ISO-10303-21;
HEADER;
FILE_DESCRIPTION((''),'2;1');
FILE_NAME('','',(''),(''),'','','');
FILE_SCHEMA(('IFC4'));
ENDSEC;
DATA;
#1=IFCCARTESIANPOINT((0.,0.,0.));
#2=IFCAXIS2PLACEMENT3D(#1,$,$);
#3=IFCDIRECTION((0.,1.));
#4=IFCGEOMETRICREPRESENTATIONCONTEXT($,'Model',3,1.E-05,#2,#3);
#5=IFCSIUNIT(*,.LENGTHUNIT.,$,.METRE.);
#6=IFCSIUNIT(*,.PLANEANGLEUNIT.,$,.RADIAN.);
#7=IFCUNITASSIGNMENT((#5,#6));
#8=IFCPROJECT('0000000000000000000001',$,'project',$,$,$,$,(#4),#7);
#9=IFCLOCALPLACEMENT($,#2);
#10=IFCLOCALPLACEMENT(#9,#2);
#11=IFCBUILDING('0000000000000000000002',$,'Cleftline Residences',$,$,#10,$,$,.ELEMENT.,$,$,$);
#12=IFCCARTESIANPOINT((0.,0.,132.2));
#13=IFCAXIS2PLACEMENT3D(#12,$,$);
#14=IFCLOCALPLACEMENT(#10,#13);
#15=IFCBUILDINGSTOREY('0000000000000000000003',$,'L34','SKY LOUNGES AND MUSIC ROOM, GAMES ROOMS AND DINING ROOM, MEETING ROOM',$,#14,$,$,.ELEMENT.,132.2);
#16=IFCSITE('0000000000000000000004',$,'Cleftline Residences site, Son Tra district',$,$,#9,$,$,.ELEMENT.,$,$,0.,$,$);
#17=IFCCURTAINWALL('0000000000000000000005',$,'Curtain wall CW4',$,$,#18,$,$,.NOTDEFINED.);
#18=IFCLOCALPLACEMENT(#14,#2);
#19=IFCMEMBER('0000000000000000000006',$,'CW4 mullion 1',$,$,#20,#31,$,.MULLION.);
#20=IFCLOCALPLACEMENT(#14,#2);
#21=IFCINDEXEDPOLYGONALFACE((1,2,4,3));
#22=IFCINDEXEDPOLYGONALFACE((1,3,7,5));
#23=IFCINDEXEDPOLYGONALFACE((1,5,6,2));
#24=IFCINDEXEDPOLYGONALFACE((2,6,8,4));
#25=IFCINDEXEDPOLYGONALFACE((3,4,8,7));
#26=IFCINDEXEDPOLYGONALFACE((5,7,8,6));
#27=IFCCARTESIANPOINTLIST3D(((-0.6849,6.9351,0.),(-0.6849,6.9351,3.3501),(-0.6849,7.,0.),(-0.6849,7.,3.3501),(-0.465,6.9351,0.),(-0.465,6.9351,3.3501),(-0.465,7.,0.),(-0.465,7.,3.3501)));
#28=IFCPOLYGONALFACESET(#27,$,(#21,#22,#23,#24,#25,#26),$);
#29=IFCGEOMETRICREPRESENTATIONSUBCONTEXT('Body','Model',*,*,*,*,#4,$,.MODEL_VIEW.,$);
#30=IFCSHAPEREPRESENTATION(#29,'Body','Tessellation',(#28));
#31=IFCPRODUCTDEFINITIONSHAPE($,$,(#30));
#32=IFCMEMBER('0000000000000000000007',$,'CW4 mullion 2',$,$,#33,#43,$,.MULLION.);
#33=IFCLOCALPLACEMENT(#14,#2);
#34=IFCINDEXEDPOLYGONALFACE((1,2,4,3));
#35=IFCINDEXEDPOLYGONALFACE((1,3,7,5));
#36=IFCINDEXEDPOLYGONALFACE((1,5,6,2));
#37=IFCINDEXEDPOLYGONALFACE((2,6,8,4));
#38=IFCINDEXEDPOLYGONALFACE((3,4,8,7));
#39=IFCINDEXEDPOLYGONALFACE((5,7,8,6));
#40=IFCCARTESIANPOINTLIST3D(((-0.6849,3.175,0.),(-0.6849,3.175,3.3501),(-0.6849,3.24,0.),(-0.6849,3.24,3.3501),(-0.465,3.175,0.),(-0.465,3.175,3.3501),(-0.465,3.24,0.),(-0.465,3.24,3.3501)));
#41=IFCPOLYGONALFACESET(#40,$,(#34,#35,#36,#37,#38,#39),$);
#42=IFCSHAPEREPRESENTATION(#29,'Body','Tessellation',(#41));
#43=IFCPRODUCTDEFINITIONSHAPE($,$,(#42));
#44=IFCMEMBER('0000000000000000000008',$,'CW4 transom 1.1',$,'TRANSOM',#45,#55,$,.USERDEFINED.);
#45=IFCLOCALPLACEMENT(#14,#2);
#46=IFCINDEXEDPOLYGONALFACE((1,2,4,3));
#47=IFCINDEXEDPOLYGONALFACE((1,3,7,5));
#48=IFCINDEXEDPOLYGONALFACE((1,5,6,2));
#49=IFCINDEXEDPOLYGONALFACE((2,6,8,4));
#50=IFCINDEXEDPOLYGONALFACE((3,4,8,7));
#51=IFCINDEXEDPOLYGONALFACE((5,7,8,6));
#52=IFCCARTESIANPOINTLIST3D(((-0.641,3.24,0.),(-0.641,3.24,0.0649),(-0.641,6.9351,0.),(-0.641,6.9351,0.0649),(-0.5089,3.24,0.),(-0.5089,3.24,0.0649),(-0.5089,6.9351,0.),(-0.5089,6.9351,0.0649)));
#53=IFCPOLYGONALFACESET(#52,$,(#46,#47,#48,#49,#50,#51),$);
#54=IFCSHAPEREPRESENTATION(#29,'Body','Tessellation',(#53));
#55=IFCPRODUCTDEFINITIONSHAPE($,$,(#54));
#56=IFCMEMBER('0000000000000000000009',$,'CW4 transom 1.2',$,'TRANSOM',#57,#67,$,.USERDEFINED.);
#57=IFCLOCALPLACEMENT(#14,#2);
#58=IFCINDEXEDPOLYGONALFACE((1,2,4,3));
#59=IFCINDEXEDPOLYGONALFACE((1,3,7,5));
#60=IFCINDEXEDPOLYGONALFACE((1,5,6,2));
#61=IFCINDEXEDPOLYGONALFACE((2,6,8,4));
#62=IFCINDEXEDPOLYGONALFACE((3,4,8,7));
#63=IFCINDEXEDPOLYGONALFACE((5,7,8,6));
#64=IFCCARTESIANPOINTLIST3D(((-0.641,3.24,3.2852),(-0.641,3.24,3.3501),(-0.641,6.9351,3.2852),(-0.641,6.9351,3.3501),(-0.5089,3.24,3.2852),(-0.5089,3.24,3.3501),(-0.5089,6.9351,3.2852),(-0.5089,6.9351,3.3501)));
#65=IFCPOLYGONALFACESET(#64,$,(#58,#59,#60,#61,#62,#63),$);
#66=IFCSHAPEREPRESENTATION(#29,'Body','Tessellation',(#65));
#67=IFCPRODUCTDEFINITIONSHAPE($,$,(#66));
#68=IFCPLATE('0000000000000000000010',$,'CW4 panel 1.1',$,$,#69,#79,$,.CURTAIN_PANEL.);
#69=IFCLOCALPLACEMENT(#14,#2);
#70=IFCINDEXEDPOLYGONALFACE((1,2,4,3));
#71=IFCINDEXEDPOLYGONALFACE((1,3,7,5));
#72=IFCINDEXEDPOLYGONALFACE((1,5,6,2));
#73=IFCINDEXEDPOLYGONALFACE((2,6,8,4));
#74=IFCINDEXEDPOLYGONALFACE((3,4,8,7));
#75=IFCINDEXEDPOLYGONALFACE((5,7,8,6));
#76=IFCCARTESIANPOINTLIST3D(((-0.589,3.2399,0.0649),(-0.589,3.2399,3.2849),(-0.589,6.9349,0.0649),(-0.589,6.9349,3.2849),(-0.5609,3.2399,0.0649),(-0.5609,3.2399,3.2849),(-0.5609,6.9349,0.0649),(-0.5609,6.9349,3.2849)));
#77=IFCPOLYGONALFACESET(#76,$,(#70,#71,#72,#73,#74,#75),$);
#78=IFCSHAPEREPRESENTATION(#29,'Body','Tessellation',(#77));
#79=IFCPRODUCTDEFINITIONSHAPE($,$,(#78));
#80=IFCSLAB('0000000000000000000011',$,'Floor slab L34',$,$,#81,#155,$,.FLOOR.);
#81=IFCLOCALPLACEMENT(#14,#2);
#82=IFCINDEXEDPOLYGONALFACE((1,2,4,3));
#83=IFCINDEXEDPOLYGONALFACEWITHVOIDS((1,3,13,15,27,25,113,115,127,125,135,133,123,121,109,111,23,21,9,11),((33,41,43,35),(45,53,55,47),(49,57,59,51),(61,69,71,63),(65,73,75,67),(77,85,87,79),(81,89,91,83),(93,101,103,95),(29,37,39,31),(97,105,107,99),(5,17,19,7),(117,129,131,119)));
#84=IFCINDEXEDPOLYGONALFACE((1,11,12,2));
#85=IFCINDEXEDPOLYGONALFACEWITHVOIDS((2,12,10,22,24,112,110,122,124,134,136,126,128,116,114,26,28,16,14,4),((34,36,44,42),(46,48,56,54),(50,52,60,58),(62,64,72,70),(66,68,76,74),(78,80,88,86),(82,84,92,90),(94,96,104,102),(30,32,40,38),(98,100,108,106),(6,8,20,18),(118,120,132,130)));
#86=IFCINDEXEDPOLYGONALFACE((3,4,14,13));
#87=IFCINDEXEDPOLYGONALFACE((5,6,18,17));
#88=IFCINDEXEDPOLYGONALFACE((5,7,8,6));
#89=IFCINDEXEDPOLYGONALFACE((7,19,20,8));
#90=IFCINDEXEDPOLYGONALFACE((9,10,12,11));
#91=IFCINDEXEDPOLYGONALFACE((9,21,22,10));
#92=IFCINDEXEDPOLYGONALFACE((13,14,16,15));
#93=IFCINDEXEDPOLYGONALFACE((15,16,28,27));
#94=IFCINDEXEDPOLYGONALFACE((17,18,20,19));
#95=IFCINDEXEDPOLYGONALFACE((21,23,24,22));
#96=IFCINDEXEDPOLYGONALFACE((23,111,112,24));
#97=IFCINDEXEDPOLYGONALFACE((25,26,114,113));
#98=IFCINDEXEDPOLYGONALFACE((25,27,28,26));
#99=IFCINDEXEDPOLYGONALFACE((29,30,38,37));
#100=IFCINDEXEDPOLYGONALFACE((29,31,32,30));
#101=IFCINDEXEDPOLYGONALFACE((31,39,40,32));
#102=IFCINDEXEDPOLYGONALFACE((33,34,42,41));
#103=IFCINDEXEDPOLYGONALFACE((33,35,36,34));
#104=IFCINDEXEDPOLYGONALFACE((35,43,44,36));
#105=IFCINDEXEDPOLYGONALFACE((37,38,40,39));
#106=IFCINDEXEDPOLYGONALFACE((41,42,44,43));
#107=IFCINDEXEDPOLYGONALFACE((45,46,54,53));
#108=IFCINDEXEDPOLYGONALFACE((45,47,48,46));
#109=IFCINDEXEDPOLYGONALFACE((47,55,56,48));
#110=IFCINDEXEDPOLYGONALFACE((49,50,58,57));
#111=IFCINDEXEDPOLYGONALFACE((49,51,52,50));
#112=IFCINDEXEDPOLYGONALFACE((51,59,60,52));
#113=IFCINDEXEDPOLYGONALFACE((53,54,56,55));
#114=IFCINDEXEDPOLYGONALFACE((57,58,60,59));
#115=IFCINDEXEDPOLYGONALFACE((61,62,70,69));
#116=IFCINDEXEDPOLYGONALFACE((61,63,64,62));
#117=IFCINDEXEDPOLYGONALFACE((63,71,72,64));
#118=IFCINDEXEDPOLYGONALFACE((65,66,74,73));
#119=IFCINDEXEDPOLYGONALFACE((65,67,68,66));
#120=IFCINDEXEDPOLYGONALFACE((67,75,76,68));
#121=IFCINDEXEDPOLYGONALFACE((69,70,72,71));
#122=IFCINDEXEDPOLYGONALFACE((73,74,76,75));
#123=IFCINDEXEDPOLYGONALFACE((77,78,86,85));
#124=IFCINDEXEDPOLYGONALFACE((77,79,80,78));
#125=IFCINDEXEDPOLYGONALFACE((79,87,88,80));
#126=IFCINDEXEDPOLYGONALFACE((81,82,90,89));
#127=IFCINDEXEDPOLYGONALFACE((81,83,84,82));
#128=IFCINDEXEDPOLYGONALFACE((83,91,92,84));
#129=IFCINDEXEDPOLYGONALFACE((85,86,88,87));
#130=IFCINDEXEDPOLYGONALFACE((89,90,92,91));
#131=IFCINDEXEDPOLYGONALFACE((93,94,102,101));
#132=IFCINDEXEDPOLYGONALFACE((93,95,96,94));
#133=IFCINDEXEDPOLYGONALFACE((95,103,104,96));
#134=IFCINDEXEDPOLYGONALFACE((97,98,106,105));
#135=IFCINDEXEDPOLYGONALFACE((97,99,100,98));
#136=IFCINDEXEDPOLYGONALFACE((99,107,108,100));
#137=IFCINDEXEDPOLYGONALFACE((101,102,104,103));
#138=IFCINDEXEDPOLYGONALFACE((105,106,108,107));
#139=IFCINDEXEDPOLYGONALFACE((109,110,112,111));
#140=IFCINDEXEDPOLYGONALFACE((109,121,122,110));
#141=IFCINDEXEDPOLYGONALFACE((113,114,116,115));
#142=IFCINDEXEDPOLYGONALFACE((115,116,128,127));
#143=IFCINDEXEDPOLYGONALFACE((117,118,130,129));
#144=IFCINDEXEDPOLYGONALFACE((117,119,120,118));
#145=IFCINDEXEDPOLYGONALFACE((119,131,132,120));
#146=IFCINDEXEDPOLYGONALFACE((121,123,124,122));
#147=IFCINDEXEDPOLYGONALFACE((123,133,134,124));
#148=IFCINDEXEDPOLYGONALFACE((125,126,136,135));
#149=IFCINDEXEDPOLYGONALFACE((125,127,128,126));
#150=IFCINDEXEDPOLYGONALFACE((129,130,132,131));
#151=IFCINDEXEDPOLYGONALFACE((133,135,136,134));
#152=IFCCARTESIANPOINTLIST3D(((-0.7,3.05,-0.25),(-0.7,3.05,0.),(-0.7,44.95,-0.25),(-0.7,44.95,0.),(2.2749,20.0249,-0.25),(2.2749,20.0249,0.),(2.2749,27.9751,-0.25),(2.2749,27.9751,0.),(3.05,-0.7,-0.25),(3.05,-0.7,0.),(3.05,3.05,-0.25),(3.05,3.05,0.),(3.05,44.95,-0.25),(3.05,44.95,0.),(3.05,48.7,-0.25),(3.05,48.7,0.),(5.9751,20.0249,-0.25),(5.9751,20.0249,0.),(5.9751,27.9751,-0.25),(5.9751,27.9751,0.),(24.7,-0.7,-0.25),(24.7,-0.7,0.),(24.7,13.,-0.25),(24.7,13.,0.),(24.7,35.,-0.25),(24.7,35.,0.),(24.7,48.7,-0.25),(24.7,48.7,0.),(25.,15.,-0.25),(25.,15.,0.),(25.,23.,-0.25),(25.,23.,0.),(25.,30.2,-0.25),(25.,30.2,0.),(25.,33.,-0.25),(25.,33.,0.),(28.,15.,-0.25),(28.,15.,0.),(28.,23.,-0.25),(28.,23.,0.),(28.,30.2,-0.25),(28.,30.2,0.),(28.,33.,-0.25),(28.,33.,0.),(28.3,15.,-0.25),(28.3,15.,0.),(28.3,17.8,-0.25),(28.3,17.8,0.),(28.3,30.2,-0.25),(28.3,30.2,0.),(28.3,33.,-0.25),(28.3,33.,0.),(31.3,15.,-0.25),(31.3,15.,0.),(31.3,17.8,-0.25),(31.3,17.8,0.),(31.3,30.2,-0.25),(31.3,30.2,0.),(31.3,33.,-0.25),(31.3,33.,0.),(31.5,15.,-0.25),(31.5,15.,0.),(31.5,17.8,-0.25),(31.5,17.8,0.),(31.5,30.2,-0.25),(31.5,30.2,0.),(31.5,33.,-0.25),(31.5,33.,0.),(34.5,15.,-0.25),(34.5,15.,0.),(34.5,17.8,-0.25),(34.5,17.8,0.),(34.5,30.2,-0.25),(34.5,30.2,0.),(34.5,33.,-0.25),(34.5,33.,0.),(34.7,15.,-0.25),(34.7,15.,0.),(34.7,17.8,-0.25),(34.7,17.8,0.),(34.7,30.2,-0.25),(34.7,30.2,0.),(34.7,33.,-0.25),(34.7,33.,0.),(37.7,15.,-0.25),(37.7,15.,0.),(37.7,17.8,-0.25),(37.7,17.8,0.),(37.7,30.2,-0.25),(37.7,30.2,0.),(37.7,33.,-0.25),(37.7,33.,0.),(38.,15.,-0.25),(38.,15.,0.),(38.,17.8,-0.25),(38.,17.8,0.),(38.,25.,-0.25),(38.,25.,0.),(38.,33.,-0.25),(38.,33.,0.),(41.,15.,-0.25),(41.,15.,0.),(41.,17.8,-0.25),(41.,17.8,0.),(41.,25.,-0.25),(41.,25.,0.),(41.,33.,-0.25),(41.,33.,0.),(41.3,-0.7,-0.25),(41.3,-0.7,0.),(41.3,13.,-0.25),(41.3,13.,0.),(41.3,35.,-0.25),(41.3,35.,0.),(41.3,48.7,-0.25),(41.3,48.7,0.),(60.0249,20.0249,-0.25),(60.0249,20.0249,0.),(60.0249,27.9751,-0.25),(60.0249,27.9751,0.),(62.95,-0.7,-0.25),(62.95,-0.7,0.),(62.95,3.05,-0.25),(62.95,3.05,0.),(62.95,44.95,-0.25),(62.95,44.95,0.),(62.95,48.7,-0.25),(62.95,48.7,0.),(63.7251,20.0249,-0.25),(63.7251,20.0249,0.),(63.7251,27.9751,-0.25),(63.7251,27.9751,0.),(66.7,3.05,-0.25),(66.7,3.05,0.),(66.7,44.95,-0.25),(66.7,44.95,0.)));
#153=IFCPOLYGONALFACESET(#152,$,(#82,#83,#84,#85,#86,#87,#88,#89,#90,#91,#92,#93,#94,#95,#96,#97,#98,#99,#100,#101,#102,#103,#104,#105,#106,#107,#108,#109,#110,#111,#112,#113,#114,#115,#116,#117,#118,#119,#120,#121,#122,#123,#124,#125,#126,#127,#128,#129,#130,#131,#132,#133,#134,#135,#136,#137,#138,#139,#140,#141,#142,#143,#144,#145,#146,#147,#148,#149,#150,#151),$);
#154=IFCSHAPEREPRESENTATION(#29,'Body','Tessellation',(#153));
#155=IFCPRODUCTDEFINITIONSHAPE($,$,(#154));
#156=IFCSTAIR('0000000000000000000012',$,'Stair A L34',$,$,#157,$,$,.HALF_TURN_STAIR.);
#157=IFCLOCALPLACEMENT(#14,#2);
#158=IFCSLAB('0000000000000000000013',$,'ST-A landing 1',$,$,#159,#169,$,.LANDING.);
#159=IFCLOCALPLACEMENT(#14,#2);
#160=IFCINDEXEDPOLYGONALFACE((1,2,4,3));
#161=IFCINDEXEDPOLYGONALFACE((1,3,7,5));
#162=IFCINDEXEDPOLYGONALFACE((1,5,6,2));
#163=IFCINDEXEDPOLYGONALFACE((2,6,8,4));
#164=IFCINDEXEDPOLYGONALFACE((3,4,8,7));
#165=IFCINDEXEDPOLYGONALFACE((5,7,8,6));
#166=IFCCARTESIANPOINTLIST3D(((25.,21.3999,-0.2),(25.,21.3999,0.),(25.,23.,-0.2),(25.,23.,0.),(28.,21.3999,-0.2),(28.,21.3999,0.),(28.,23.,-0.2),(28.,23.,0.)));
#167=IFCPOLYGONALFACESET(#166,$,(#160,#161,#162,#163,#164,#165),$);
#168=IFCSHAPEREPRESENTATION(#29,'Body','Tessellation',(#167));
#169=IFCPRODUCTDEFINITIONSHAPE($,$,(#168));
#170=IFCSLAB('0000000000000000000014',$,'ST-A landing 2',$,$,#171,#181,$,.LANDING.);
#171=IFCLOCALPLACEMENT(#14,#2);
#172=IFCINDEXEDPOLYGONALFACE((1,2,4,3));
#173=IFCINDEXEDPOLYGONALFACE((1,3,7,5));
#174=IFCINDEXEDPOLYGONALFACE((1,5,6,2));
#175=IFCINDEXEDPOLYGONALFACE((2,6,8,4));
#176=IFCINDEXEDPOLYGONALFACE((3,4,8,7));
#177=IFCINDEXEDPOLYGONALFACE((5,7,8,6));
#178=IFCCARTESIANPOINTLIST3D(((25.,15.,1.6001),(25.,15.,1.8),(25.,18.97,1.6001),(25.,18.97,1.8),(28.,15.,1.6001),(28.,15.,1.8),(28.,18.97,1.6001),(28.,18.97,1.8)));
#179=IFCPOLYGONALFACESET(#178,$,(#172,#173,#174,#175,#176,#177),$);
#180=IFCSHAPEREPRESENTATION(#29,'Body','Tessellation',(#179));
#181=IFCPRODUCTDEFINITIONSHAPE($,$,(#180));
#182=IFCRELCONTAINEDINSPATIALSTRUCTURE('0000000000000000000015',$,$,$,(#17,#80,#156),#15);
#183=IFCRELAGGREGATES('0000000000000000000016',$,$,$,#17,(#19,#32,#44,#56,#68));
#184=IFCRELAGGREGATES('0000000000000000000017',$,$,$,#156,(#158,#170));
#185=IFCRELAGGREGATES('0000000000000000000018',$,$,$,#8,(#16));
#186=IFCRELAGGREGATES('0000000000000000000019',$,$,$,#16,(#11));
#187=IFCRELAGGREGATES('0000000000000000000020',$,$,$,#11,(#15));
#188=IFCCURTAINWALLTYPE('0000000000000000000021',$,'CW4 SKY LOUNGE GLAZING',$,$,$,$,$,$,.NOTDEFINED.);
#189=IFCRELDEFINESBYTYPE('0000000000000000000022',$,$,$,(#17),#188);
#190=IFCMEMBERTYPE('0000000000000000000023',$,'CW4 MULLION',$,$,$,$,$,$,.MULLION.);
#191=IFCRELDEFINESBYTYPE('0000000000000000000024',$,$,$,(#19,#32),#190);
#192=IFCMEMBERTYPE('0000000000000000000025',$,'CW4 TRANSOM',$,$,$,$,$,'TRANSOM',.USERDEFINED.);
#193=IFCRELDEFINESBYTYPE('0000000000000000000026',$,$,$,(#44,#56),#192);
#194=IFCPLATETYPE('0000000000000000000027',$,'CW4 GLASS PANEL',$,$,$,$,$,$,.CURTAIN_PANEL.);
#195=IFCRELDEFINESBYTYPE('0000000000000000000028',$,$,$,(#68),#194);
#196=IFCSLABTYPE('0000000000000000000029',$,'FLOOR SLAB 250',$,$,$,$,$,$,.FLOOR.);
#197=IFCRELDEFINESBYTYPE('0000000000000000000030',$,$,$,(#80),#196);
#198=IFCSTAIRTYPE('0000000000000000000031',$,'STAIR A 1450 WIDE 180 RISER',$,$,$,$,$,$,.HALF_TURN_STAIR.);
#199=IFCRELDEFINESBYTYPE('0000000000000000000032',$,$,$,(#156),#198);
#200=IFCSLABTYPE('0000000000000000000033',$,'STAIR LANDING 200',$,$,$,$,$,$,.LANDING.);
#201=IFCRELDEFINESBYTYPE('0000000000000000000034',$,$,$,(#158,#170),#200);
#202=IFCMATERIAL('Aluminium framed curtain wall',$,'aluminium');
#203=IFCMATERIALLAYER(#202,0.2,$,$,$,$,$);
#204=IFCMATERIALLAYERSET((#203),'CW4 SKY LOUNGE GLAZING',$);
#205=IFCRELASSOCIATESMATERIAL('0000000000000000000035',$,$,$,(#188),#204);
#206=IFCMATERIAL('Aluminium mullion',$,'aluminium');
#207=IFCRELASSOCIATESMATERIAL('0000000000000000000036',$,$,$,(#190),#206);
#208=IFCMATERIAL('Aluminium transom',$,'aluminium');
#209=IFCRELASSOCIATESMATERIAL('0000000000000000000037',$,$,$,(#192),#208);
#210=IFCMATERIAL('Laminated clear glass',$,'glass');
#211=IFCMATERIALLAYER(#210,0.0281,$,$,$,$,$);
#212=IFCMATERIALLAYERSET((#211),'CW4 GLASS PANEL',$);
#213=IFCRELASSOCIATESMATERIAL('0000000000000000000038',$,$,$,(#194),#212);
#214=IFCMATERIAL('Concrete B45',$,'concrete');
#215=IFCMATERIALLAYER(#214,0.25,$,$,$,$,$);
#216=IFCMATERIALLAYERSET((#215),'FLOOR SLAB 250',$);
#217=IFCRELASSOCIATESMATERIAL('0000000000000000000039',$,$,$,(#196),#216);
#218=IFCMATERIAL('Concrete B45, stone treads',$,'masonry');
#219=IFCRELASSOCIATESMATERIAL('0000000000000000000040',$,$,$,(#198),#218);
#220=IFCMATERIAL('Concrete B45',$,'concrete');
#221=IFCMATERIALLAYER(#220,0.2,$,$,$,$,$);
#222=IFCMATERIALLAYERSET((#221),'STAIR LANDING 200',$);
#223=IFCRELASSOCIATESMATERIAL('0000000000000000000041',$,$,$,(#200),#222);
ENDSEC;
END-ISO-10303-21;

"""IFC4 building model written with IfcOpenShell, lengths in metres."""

from ifc_helpers import new_model, si_unit, direction, frame, origin, origin_2d, place, context, subcontext, project, spatial, polyline, rectangle, outline, extrude, material, layer, layer_set, material_profile, profile_set, type_object, element, aggregate, save


model = new_model("IFC4")

# Units and contexts
model_context = context("Model", 3, precision=1e-05, world=origin(), true_north=direction((0.0, 1.0)))
body_context = subcontext(model_context, "Body", "Model", "MODEL_VIEW")
ifc_project = project(units=[si_unit("LENGTHUNIT", "METRE"), si_unit("PLANEANGLEUNIT", "RADIAN")], contexts=[model_context])

# Site, building, storey
site_placement = place(None, origin())
site = spatial("IfcSite", under=ifc_project, at=site_placement, Name="Cleftline Residences site, Son Tra district", CompositionType="ELEMENT", RefElevation=0.0)
building_placement = place(site_placement, origin())
building = spatial("IfcBuilding", under=site, at=building_placement, Name="Cleftline Residences", CompositionType="ELEMENT")
storey_placement = place(building_placement, frame((0.0, 0.0, 132.2)))
storey = spatial("IfcBuildingStorey", under=building, at=storey_placement, Name="L34", Description="SKY LOUNGES AND MUSIC ROOM, GAMES ROOMS AND DINING ROOM, MEETING ROOM", CompositionType="ELEMENT", Elevation=132.2)

# Curtain wall, members, plate
ifc_material_1 = material(Name="Aluminium framed curtain wall", Category="aluminium")
ifc_layer_1 = layer(ifc_material_1, 0.2)
ifc_layer_set_1 = layer_set([ifc_layer_1], Name="CW4 SKY LOUNGE GLAZING")
curtain_wall_type = type_object("IfcCurtainWallType", Name="CW4 SKY LOUNGE GLAZING", PredefinedType="NOTDEFINED", material=ifc_layer_set_1)
curtain_wall_placement = place(storey_placement, origin())
curtain_wall = element("IfcCurtainWall", 1, at=curtain_wall_placement, inside=storey, type_object=curtain_wall_type, Name="Curtain wall CW4", PredefinedType="NOTDEFINED")
ifc_material_2 = material(Name="Aluminium mullion", Category="aluminium")
ifc_material_profile_1 = material_profile(ifc_material_2, rectangle(XDim=0.22, YDim=0.0649, at=origin_2d()))
ifc_profile_set_1 = profile_set([ifc_material_profile_1], Name="Aluminium mullion")
member_type_1 = type_object("IfcMemberType", Name="CW4 MULLION", PredefinedType="MULLION", material=ifc_profile_set_1)
member_1_placement = place(storey_placement, frame((-0.575, 6.9675, 0.0), z_axis=(0.0, 0.0, 1.0), x_axis=(1.0, 0.0, 0.0)))
member_1 = element("IfcMember", 2, at=member_1_placement, type_object=member_type_1, Name="CW4 mullion 1", PredefinedType="MULLION", context=body_context, shape_type="SweptSolid", body=[
    extrude(rectangle(XDim=0.22, YDim=0.0649, at=origin_2d()), origin(), (0.0, 0.0, 1.0), 3.3501),
])
member_2_placement = place(storey_placement, frame((-0.575, 3.2075, 0.0), z_axis=(0.0, 0.0, 1.0), x_axis=(1.0, 0.0, 0.0)))
member_2 = element("IfcMember", 3, at=member_2_placement, type_object=member_type_1, Name="CW4 mullion 2", PredefinedType="MULLION", context=body_context, shape_type="SweptSolid", body=[
    extrude(rectangle(XDim=0.22, YDim=0.0649, at=origin_2d()), origin(), (0.0, 0.0, 1.0), 3.3501),
])
ifc_material_3 = material(Name="Aluminium transom", Category="aluminium")
ifc_material_profile_2 = material_profile(ifc_material_3, rectangle(XDim=0.1321, YDim=0.0649, at=origin_2d()))
ifc_profile_set_2 = profile_set([ifc_material_profile_2], Name="Aluminium transom")
member_type_2 = type_object("IfcMemberType", Name="CW4 TRANSOM", ElementType="TRANSOM", PredefinedType="USERDEFINED", material=ifc_profile_set_2)
member_3_placement = place(storey_placement, frame((-0.575, 6.9351, 0.0325), z_axis=(0.0, -1.0, 0.0), x_axis=(1.0, 0.0, 0.0)))
member_3 = element("IfcMember", 4, at=member_3_placement, type_object=member_type_2, Name="CW4 transom 1.1", ObjectType="TRANSOM", PredefinedType="USERDEFINED", context=body_context, shape_type="SweptSolid", body=[
    extrude(rectangle(XDim=0.1321, YDim=0.0649, at=origin_2d()), origin(), (0.0, 0.0, 1.0), 3.6951),
])
member_4_placement = place(storey_placement, frame((-0.575, 6.9351, 3.3176), z_axis=(0.0, -1.0, 0.0), x_axis=(1.0, 0.0, 0.0)))
member_4 = element("IfcMember", 5, at=member_4_placement, type_object=member_type_2, Name="CW4 transom 1.2", ObjectType="TRANSOM", PredefinedType="USERDEFINED", context=body_context, shape_type="SweptSolid", body=[
    extrude(rectangle(XDim=0.1321, YDim=0.0649, at=origin_2d()), origin(), (0.0, 0.0, 1.0), 3.6951),
])
ifc_material_4 = material(Name="Laminated clear glass", Category="glass")
ifc_layer_2 = layer(ifc_material_4, 0.0281)
ifc_layer_set_2 = layer_set([ifc_layer_2], Name="CW4 GLASS PANEL")
plate_type = type_object("IfcPlateType", Name="CW4 GLASS PANEL", PredefinedType="CURTAIN_PANEL", material=ifc_layer_set_2)
plate_placement = place(storey_placement, frame((-0.575, 5.0874, 0.0649), z_axis=(0.0, 0.0, 1.0), x_axis=(0.0, -1.0, 0.0)))
plate = element("IfcPlate", 6, at=plate_placement, type_object=plate_type, Name="CW4 panel 1.1", PredefinedType="CURTAIN_PANEL", context=body_context, shape_type="SweptSolid", body=[
    extrude(rectangle(XDim=3.6951, YDim=0.0281, at=origin_2d()), origin(), (0.0, 0.0, 1.0), 3.22),
])
aggregate(curtain_wall, [member_1, member_2, member_3, member_4, plate])

# Slab
ifc_material_5 = material(Name="Concrete B45", Category="concrete")
ifc_layer_3 = layer(ifc_material_5, 0.25)
ifc_layer_set_3 = layer_set([ifc_layer_3], Name="FLOOR SLAB 250")
slab_type_1 = type_object("IfcSlabType", Name="FLOOR SLAB 250", PredefinedType="FLOOR", material=ifc_layer_set_3)
slab_1_placement = place(storey_placement, frame((0.0, 0.0, -0.25)))
element("IfcSlab", 7, at=slab_1_placement, inside=storey, type_object=slab_type_1, Name="Floor slab L34", PredefinedType="FLOOR", context=body_context, shape_type="SweptSolid", body=[
    extrude(outline(polyline([(24.7, 13.0), (41.3, 13.0), (41.3, -0.7), (62.95, -0.7), (62.95, 3.05), (66.7, 3.05), (66.7, 44.95), (62.95, 44.95), (62.95, 48.7), (41.3, 48.7), (41.3, 35.0), (24.7, 35.0), (24.7, 48.7), (3.05, 48.7), (3.05, 44.95), (-0.7, 44.95), (-0.7, 3.05), (3.05, 3.05), (3.05, -0.7), (24.7, -0.7), (24.7, 13.0)]), holes=[polyline([(28.0, 15.0), (28.0, 23.0), (25.0, 23.0), (25.0, 15.0), (28.0, 15.0)]), polyline([(41.0, 25.0), (41.0, 33.0), (38.0, 33.0), (38.0, 25.0), (41.0, 25.0)]), polyline([(28.0, 30.2), (28.0, 33.0), (25.0, 33.0), (25.0, 30.2), (28.0, 30.2)]), polyline([(41.0, 15.0), (41.0, 17.8), (38.0, 17.8), (38.0, 15.0), (41.0, 15.0)]), polyline([(31.3, 15.0), (31.3, 17.8), (28.3, 17.8), (28.3, 15.0), (31.3, 15.0)]), polyline([(34.5, 15.0), (34.5, 17.8), (31.5, 17.8), (31.5, 15.0), (34.5, 15.0)]), polyline([(37.7, 15.0), (37.7, 17.8), (34.7, 17.8), (34.7, 15.0), (37.7, 15.0)]), polyline([(31.3, 30.2), (31.3, 33.0), (28.3, 33.0), (28.3, 30.2), (31.3, 30.2)]), polyline([(34.5, 30.2), (34.5, 33.0), (31.5, 33.0), (31.5, 30.2), (34.5, 30.2)]), polyline([(37.7, 30.2), (37.7, 33.0), (34.7, 33.0), (34.7, 30.2), (37.7, 30.2)]), polyline([(63.7251, 20.0249), (63.7251, 27.9751), (60.0249, 27.9751), (60.0249, 20.0249), (63.7251, 20.0249)]), polyline([(5.9751, 20.0249), (5.9751, 27.9751), (2.2749, 27.9751), (2.2749, 20.0249), (5.9751, 20.0249)])]), origin(), (0.0, 0.0, 1.0), 0.25),
])

# Stair, slabs
ifc_material_6 = material(Name="Concrete B45, stone treads", Category="masonry")
stair_type_1 = type_object("IfcStairType", Name="STAIR A 1450 WIDE 180 RISER", PredefinedType="HALF_TURN_STAIR", material=ifc_material_6)
stair_1_placement = place(storey_placement, origin())
stair_1 = element("IfcStair", 8, at=stair_1_placement, inside=storey, type_object=stair_type_1, Name="Stair A L34", PredefinedType="HALF_TURN_STAIR")
ifc_material_7 = material(Name="Concrete B45", Category="concrete")
ifc_layer_4 = layer(ifc_material_7, 0.2)
ifc_layer_set_4 = layer_set([ifc_layer_4], Name="STAIR LANDING 200")
slab_type_2 = type_object("IfcSlabType", Name="STAIR LANDING 200", PredefinedType="LANDING", material=ifc_layer_set_4)
slab_2_placement = place(storey_placement, frame((0.0, 0.0, -0.2)))
slab_2 = element("IfcSlab", 9, at=slab_2_placement, type_object=slab_type_2, Name="ST-A landing 1", PredefinedType="LANDING", context=body_context, shape_type="SweptSolid", body=[
    extrude(outline(polyline([(25.0, 21.3999), (28.0, 21.3999), (28.0, 23.0), (25.0, 23.0), (25.0, 21.3999)])), origin(), (0.0, 0.0, 1.0), 0.2),
])
slab_3_placement = place(storey_placement, frame((0.0, 0.0, 1.6001)))
slab_3 = element("IfcSlab", 10, at=slab_3_placement, type_object=slab_type_2, Name="ST-A landing 2", PredefinedType="LANDING", context=body_context, shape_type="SweptSolid", body=[
    extrude(outline(polyline([(25.0, 15.0), (28.0, 15.0), (28.0, 18.97), (25.0, 18.97), (25.0, 15.0)])), origin(), (0.0, 0.0, 1.0), 0.2),
])
aggregate(stair_1, [slab_2, slab_3])

save(model, "model.ifc")
